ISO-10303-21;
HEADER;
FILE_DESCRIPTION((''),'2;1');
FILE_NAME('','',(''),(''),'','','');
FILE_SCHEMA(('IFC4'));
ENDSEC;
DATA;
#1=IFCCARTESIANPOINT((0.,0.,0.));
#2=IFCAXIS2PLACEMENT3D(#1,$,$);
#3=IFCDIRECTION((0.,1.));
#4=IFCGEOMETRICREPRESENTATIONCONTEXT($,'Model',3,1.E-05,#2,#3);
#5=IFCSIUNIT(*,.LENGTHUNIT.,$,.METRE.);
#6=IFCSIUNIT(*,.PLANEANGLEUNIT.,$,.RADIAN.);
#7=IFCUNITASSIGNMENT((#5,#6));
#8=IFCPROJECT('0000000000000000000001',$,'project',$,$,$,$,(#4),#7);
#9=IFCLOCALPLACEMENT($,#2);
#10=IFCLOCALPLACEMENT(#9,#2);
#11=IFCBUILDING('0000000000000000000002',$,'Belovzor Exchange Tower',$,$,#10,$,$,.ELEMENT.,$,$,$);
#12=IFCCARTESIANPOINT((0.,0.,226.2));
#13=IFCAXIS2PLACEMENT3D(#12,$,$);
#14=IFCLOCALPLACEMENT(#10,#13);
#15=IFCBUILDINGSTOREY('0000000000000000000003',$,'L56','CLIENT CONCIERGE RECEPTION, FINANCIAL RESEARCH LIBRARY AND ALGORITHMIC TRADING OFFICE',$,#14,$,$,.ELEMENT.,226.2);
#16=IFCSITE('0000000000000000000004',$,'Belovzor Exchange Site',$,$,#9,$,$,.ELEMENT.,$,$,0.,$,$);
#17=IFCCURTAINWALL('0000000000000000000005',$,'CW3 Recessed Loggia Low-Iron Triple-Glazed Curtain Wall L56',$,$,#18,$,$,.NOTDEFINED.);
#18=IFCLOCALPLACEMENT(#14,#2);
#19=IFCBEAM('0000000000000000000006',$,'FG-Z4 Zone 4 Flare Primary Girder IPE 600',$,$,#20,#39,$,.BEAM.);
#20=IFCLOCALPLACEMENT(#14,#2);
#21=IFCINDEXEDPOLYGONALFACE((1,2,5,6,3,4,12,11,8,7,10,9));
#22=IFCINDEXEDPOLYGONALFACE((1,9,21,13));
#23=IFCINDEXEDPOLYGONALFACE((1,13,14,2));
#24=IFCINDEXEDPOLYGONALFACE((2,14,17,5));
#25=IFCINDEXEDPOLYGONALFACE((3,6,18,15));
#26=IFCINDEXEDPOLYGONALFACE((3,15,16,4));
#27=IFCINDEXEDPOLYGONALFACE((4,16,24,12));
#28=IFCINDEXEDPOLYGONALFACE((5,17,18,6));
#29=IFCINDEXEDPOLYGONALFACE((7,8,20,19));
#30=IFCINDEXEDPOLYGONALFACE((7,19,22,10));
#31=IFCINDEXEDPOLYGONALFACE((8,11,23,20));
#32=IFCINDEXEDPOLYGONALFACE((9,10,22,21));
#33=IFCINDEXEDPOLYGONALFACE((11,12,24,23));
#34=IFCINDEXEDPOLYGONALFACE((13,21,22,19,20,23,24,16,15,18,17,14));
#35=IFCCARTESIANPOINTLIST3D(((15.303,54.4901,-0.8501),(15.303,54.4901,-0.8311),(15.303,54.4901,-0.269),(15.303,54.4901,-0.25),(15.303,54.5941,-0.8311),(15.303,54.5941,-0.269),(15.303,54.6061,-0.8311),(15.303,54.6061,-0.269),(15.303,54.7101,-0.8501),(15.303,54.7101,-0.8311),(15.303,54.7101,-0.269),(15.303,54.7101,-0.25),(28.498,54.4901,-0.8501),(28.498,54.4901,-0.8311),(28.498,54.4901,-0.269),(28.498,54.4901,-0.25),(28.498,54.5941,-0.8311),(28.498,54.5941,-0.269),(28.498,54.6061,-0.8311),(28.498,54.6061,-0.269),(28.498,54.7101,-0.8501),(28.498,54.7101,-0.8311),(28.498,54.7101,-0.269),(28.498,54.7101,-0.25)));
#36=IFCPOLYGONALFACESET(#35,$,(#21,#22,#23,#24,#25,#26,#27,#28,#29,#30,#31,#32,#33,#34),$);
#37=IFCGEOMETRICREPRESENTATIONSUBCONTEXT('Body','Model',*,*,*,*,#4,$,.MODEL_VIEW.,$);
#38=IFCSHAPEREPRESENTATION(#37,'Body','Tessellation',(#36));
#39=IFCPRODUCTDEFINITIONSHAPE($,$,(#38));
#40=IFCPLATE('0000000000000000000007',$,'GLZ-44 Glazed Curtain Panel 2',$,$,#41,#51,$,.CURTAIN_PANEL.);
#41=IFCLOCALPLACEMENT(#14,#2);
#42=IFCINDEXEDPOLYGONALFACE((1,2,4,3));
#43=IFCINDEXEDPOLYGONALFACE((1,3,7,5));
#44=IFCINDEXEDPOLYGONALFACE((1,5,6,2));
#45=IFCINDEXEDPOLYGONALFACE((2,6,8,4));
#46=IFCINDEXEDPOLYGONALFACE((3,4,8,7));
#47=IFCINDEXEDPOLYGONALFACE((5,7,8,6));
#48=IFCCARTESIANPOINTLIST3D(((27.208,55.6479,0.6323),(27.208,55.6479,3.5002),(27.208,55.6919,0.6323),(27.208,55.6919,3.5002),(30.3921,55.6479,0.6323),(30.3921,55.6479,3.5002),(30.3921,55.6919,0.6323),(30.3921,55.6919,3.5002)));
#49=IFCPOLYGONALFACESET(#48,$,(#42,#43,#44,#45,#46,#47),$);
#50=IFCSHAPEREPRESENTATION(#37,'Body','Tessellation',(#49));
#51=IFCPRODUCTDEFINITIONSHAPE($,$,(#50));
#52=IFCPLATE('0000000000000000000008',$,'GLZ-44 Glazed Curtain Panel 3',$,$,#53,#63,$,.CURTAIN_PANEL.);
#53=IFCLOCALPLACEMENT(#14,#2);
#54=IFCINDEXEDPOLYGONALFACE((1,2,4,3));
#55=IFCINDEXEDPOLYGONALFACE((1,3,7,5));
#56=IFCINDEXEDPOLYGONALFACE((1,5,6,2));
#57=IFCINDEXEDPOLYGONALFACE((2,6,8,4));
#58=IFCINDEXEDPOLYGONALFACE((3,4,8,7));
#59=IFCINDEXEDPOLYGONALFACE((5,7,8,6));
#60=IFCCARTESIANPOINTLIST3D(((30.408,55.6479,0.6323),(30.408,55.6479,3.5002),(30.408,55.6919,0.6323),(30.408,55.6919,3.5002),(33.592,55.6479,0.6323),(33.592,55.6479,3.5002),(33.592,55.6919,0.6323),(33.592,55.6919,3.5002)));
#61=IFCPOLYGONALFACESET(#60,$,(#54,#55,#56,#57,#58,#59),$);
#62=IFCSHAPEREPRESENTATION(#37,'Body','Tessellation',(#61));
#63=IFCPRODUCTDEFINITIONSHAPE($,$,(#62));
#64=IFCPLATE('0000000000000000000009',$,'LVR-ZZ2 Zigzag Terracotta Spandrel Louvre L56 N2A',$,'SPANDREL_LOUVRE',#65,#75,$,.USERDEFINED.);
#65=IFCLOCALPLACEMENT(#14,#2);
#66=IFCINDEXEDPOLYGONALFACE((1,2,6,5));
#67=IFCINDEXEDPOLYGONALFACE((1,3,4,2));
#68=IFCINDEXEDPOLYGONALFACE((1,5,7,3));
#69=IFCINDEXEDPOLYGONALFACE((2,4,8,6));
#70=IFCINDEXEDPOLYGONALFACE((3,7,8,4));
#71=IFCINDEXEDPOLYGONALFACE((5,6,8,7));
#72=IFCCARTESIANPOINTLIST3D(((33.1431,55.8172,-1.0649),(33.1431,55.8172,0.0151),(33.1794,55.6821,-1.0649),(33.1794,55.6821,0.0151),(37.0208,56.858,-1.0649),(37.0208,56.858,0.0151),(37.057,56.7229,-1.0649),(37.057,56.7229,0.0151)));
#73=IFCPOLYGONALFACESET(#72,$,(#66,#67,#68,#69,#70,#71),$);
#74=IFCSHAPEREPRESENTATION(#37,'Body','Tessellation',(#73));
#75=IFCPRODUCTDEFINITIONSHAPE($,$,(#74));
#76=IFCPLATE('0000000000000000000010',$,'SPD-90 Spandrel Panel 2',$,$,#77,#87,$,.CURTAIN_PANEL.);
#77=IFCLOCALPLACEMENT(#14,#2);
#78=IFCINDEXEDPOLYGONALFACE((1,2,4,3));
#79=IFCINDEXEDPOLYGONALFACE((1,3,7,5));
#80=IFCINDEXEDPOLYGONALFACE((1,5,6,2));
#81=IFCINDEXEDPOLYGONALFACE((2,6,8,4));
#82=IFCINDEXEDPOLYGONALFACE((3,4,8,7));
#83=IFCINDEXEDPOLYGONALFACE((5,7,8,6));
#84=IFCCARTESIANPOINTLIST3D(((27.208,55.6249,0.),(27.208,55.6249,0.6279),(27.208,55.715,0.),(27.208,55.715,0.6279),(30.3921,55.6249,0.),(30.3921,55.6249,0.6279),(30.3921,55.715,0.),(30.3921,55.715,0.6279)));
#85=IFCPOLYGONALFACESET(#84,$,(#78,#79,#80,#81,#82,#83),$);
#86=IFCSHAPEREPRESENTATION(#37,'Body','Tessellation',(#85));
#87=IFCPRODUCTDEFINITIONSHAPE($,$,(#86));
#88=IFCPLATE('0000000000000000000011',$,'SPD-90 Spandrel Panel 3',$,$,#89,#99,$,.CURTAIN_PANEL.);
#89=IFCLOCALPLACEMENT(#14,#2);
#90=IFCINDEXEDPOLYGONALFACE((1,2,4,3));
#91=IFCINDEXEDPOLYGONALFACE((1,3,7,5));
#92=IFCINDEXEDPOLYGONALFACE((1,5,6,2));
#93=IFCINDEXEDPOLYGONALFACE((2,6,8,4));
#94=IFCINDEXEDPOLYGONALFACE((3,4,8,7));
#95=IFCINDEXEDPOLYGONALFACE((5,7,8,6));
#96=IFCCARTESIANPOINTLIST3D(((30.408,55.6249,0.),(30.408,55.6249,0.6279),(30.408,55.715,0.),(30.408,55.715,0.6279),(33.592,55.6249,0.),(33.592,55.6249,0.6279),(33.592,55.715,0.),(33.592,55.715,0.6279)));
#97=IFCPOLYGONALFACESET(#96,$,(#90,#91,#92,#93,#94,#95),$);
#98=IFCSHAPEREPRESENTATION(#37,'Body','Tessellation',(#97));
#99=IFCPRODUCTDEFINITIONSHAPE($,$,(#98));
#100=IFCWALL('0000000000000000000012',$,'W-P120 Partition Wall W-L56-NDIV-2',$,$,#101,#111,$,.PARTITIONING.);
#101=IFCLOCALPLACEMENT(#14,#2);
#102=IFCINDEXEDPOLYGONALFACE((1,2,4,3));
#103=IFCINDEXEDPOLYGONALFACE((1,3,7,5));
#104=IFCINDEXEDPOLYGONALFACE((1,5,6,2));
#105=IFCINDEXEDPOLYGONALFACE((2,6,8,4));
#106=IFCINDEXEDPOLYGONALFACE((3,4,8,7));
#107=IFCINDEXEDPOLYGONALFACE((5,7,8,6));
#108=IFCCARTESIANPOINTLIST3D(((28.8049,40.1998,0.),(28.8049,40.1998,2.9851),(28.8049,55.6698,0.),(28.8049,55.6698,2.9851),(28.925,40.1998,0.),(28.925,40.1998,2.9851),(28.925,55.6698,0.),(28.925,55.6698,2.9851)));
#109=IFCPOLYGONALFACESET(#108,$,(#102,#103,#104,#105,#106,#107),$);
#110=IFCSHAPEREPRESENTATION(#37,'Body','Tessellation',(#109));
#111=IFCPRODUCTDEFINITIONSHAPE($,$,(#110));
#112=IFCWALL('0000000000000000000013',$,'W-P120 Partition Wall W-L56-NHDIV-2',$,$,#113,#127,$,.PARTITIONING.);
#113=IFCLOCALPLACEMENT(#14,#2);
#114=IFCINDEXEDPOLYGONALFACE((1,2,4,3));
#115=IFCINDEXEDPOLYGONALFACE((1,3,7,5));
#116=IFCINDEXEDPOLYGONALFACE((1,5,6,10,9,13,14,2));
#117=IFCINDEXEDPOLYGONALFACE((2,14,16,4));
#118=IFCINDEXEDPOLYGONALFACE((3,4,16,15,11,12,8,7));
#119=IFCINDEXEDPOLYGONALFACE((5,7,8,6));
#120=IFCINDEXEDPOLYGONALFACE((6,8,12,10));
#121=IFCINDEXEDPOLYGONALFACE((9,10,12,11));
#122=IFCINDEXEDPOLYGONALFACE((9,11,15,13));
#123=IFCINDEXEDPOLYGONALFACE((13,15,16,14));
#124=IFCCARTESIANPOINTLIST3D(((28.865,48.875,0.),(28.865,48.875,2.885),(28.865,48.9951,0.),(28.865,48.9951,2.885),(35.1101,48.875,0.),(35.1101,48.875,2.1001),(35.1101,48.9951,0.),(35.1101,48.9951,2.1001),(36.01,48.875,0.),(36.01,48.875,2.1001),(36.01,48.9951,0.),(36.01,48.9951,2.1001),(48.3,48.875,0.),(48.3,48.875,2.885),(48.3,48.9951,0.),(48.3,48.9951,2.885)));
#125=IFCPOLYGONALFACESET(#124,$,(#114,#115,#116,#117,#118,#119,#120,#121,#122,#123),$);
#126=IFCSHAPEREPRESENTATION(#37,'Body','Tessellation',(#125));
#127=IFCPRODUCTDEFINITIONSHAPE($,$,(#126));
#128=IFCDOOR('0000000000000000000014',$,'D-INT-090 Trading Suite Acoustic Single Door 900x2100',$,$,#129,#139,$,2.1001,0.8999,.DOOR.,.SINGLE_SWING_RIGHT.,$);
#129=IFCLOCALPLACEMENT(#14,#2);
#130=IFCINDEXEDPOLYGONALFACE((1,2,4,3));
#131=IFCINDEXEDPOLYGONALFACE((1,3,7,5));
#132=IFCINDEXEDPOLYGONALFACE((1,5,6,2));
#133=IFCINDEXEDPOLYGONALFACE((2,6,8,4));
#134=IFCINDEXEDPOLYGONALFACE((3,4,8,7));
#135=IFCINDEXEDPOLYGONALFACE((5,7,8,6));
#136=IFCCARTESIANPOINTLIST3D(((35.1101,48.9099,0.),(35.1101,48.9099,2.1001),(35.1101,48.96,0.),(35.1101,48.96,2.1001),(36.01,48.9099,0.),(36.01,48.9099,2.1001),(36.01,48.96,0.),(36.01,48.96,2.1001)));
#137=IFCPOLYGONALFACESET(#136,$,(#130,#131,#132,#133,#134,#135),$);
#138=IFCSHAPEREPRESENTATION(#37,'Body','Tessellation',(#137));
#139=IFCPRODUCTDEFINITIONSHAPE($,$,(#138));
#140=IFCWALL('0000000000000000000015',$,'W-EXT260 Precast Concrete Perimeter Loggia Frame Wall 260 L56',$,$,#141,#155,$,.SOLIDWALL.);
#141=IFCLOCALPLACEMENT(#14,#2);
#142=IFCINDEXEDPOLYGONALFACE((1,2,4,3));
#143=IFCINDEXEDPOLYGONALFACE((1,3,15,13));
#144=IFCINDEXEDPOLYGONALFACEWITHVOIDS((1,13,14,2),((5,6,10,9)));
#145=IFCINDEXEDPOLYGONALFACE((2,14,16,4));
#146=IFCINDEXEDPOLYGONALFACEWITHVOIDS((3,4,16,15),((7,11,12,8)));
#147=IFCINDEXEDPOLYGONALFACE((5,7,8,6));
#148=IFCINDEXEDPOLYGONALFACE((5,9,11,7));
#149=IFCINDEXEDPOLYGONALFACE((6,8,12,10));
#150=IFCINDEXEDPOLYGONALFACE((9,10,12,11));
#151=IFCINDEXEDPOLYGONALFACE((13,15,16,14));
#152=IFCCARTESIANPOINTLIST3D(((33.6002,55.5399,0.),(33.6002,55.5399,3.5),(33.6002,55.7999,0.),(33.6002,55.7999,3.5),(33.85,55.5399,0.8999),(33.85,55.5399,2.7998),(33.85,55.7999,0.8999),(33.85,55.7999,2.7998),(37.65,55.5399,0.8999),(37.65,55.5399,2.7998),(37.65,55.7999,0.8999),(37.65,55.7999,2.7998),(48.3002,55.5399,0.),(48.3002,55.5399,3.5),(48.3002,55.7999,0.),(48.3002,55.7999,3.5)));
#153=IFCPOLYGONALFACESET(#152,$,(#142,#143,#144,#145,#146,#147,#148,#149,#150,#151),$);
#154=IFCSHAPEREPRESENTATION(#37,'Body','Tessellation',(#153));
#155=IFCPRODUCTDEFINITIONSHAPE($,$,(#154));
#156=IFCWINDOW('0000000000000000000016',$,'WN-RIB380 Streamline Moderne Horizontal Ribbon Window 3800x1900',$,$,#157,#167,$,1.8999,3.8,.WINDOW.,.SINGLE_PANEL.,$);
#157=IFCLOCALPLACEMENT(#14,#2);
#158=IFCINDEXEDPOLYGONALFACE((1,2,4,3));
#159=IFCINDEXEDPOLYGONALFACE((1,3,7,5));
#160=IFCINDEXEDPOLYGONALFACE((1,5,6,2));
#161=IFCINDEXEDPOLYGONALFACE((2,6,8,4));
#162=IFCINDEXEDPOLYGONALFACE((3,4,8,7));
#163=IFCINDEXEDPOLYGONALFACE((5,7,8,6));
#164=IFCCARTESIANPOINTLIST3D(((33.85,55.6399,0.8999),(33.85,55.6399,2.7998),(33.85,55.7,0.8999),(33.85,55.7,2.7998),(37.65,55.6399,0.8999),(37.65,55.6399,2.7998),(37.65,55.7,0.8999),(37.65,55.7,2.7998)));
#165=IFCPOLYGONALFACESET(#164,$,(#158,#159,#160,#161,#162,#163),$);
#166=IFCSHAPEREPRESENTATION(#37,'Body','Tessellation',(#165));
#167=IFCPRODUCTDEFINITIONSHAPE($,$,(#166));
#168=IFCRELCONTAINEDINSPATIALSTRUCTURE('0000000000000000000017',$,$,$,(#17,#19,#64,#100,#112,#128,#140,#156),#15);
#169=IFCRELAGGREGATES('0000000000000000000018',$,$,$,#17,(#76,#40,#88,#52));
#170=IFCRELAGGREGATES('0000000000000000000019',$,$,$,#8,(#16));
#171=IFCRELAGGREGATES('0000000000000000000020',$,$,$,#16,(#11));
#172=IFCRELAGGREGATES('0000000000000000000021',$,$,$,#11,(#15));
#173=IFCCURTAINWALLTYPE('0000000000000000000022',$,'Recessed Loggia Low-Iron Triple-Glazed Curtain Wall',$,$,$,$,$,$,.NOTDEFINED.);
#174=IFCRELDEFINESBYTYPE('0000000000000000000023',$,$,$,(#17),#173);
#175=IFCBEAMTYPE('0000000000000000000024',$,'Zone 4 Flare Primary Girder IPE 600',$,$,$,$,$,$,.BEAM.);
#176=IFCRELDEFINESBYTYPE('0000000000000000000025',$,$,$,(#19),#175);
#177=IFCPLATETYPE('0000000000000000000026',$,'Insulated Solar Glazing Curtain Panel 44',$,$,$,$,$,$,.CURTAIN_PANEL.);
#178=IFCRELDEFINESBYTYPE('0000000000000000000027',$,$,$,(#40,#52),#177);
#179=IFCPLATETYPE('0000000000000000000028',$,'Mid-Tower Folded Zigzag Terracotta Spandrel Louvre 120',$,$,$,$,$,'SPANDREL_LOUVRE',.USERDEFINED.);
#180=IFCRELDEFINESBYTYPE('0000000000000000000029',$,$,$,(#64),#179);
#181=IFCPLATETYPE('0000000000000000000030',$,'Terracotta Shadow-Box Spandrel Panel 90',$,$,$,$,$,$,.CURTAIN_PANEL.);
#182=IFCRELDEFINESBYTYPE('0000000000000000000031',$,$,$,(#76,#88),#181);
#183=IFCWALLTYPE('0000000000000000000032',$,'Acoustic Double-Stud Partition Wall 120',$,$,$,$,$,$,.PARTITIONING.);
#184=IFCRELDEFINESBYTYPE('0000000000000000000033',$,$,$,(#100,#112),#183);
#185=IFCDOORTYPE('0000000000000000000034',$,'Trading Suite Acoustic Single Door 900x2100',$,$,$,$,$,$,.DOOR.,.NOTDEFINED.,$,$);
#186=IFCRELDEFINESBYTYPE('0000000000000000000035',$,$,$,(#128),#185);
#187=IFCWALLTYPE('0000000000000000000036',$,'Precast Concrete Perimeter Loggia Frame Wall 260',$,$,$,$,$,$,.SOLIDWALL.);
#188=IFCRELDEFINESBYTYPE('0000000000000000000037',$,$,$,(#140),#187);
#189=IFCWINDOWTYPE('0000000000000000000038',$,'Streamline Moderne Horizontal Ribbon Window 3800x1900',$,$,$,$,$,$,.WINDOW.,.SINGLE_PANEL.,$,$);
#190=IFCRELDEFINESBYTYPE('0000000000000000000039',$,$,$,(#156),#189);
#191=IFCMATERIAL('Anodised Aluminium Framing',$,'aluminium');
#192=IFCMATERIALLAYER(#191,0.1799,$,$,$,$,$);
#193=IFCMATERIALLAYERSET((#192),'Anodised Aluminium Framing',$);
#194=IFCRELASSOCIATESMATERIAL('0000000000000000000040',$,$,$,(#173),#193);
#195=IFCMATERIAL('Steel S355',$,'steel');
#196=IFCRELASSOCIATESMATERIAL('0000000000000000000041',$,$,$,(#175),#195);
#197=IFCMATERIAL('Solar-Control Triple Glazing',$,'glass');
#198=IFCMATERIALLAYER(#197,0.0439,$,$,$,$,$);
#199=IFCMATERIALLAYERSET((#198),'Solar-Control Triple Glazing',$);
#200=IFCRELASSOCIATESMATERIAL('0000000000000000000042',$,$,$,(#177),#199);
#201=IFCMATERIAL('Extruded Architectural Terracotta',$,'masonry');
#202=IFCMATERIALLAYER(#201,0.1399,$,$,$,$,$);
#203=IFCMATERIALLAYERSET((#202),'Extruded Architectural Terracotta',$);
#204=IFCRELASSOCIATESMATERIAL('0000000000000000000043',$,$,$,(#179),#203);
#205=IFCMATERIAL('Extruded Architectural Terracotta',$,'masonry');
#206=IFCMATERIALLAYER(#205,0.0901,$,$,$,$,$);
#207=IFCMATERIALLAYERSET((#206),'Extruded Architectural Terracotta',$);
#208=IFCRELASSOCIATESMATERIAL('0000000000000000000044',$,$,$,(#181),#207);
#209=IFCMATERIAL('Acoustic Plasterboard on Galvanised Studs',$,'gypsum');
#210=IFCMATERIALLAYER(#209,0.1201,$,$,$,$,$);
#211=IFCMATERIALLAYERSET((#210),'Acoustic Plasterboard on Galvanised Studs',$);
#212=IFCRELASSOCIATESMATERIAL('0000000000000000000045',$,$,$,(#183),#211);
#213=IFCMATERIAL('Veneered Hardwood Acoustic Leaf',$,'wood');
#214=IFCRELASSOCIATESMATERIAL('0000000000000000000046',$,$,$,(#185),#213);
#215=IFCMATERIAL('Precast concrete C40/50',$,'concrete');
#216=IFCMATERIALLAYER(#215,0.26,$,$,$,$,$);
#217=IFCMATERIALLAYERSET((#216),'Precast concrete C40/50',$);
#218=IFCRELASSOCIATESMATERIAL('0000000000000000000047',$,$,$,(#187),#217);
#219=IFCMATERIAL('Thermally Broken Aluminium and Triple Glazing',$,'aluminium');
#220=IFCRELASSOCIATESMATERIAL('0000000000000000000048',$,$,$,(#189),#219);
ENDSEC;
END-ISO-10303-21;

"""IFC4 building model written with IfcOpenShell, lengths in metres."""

from ifc_helpers import new_model, si_unit, direction, frame, frame_2d, origin, origin_2d, place, context, subcontext, project, spatial, rectangle, i_section, extrude, material, layer, layer_set, material_profile, profile_set, type_object, element, fill, aggregate, save


model = new_model("IFC4")

# Units and contexts
model_context = context("Model", 3, precision=1e-05, world=origin(), true_north=direction((0.0, 1.0)))
body_context = subcontext(model_context, "Body", "Model", "MODEL_VIEW")
ifc_project = project(units=[si_unit("LENGTHUNIT", "METRE"), si_unit("PLANEANGLEUNIT", "RADIAN")], contexts=[model_context])

# Site, building, storey
site_placement = place(None, origin())
site = spatial("IfcSite", under=ifc_project, at=site_placement, Name="Belovzor Exchange Site", CompositionType="ELEMENT", RefElevation=0.0)
building_placement = place(site_placement, origin())
building = spatial("IfcBuilding", under=site, at=building_placement, Name="Belovzor Exchange Tower", CompositionType="ELEMENT")
storey_placement = place(building_placement, frame((0.0, 0.0, 226.2)))
storey = spatial("IfcBuildingStorey", under=building, at=storey_placement, Name="L56", Description="CLIENT CONCIERGE RECEPTION, FINANCIAL RESEARCH LIBRARY AND ALGORITHMIC TRADING OFFICE", CompositionType="ELEMENT", Elevation=226.2)

# Curtain wall
ifc_material_1 = material(Name="Anodised Aluminium Framing", Category="aluminium")
ifc_layer_1 = layer(ifc_material_1, 0.1799)
ifc_layer_set_1 = layer_set([ifc_layer_1], Name="Anodised Aluminium Framing")
curtain_wall_type = type_object("IfcCurtainWallType", Name="Recessed Loggia Low-Iron Triple-Glazed Curtain Wall", PredefinedType="NOTDEFINED", material=ifc_layer_set_1)
curtain_wall_placement = place(storey_placement, origin())
curtain_wall = element("IfcCurtainWall", 1, at=curtain_wall_placement, inside=storey, type_object=curtain_wall_type, Name="CW3 Recessed Loggia Low-Iron Triple-Glazed Curtain Wall L56", PredefinedType="NOTDEFINED")

# Beam
ifc_material_2 = material(Name="Steel S355", Category="steel")
ifc_material_profile_1 = material_profile(ifc_material_2, i_section(OverallWidth=0.22, OverallDepth=0.6001, WebThickness=0.012, FlangeThickness=0.019, at=origin_2d()))
ifc_profile_set_1 = profile_set([ifc_material_profile_1], Name="Steel S355")
beam_type_1 = type_object("IfcBeamType", Name="Zone 4 Flare Primary Girder IPE 600", PredefinedType="BEAM", material=ifc_profile_set_1)
beam_1_placement = place(storey_placement, frame((28.498, 54.6001, -0.55), z_axis=(-1.0, 0.0, 0.0), x_axis=(0.0, -1.0, 0.0)))
element("IfcBeam", 2, at=beam_1_placement, inside=storey, type_object=beam_type_1, Name="FG-Z4 Zone 4 Flare Primary Girder IPE 600", PredefinedType="BEAM", context=body_context, shape_type="SweptSolid", body=[
    extrude(i_section(OverallWidth=0.22, OverallDepth=0.6001, WebThickness=0.012, FlangeThickness=0.019, at=origin_2d()), origin(), (0.0, 0.0, 1.0), 13.1951),
])

# Plates
ifc_material_3 = material(Name="Solar-Control Triple Glazing", Category="glass")
ifc_layer_2 = layer(ifc_material_3, 0.0439)
ifc_layer_set_2 = layer_set([ifc_layer_2], Name="Solar-Control Triple Glazing")
plate_type_1 = type_object("IfcPlateType", Name="Insulated Solar Glazing Curtain Panel 44", PredefinedType="CURTAIN_PANEL", material=ifc_layer_set_2)
plate_1_placement = place(storey_placement, frame((28.8, 55.6699, 0.6323), z_axis=(0.0, 0.0, 1.0), x_axis=(1.0, 0.0, 0.0)))
plate_1 = element("IfcPlate", 3, at=plate_1_placement, type_object=plate_type_1, Name="GLZ-44 Glazed Curtain Panel 2", PredefinedType="CURTAIN_PANEL", context=body_context, shape_type="SweptSolid", body=[
    extrude(rectangle(XDim=3.1841, YDim=0.0439, at=origin_2d()), origin(), (0.0, 0.0, 1.0), 2.8679),
])
plate_2_placement = place(storey_placement, frame((32.0, 55.6699, 0.6323), z_axis=(0.0, 0.0, 1.0), x_axis=(1.0, 0.0, 0.0)))
plate_2 = element("IfcPlate", 4, at=plate_2_placement, type_object=plate_type_1, Name="GLZ-44 Glazed Curtain Panel 3", PredefinedType="CURTAIN_PANEL", context=body_context, shape_type="SweptSolid", body=[
    extrude(rectangle(XDim=3.1841, YDim=0.0439, at=origin_2d()), origin(), (0.0, 0.0, 1.0), 2.8679),
])
ifc_material_4 = material(Name="Extruded Architectural Terracotta", Category="masonry")
ifc_layer_3 = layer(ifc_material_4, 0.1399)
ifc_layer_set_3 = layer_set([ifc_layer_3], Name="Extruded Architectural Terracotta")
plate_type_2 = type_object("IfcPlateType", Name="Mid-Tower Folded Zigzag Terracotta Spandrel Louvre 120", ElementType="SPANDREL_LOUVRE", PredefinedType="USERDEFINED", material=ifc_layer_set_3)
plate_3_placement = place(storey_placement, frame((35.1001, 56.27, -1.0649), z_axis=(0.0, 0.0, 1.0), x_axis=(0.965813, 0.25924, 0.0)))
element("IfcPlate", 5, at=plate_3_placement, inside=storey, type_object=plate_type_2, Name="LVR-ZZ2 Zigzag Terracotta Spandrel Louvre L56 N2A", ObjectType="SPANDREL_LOUVRE", PredefinedType="USERDEFINED", context=body_context, shape_type="SweptSolid", body=[
    extrude(rectangle(XDim=4.0149, YDim=0.1399, at=origin_2d()), origin(), (0.0, 0.0, 1.0), 1.0801),
])
ifc_material_5 = material(Name="Extruded Architectural Terracotta", Category="masonry")
ifc_layer_4 = layer(ifc_material_5, 0.0901)
ifc_layer_set_4 = layer_set([ifc_layer_4], Name="Extruded Architectural Terracotta")
plate_type_3 = type_object("IfcPlateType", Name="Terracotta Shadow-Box Spandrel Panel 90", PredefinedType="CURTAIN_PANEL", material=ifc_layer_set_4)
plate_4_placement = place(storey_placement, frame((28.8, 55.6699, 0.0), z_axis=(0.0, 0.0, 1.0), x_axis=(1.0, 0.0, 0.0)))
plate_4 = element("IfcPlate", 6, at=plate_4_placement, type_object=plate_type_3, Name="SPD-90 Spandrel Panel 2", PredefinedType="CURTAIN_PANEL", context=body_context, shape_type="SweptSolid", body=[
    extrude(rectangle(XDim=3.1841, YDim=0.0901, at=origin_2d()), origin(), (0.0, 0.0, 1.0), 0.6279),
])
plate_5_placement = place(storey_placement, frame((32.0, 55.6699, 0.0), z_axis=(0.0, 0.0, 1.0), x_axis=(1.0, 0.0, 0.0)))
plate_5 = element("IfcPlate", 7, at=plate_5_placement, type_object=plate_type_3, Name="SPD-90 Spandrel Panel 3", PredefinedType="CURTAIN_PANEL", context=body_context, shape_type="SweptSolid", body=[
    extrude(rectangle(XDim=3.1841, YDim=0.0901, at=origin_2d()), origin(), (0.0, 0.0, 1.0), 0.6279),
])
aggregate(curtain_wall, [plate_4, plate_1, plate_5, plate_2])

# Wall
ifc_material_6 = material(Name="Acoustic Plasterboard on Galvanised Studs", Category="gypsum")
ifc_layer_5 = layer(ifc_material_6, 0.1201)
ifc_layer_set_5 = layer_set([ifc_layer_5], Name="Acoustic Plasterboard on Galvanised Studs")
wall_type_1 = type_object("IfcWallType", Name="Acoustic Double-Stud Partition Wall 120", PredefinedType="PARTITIONING", material=ifc_layer_set_5)
wall_1_placement = place(storey_placement, frame((28.865, 40.2, 0.0), z_axis=(0.0, 0.0, 1.0), x_axis=(0.0, 1.0, 0.0)))
element("IfcWall", 8, at=wall_1_placement, inside=storey, type_object=wall_type_1, Name="W-P120 Partition Wall W-L56-NDIV-2", PredefinedType="PARTITIONING", context=body_context, shape_type="SweptSolid", body=[
    extrude(rectangle(XDim=15.47, YDim=0.1201, at=frame_2d((7.7349, 0.0))), origin(), (0.0, 0.0, 1.0), 2.9851),
])

# Wall, opening, door
wall_2_placement = place(storey_placement, frame((28.865, 48.9351, 0.0), z_axis=(0.0, 0.0, 1.0), x_axis=(1.0, 0.0, 0.0)))
wall_2 = element("IfcWall", 9, at=wall_2_placement, inside=storey, type_object=wall_type_1, Name="W-P120 Partition Wall W-L56-NHDIV-2", PredefinedType="PARTITIONING", context=body_context, shape_type="SweptSolid", body=[
    extrude(rectangle(XDim=19.4351, YDim=0.1201, at=frame_2d((9.7175, 0.0))), origin(), (0.0, 0.0, 1.0), 2.885),
])
opening_1_placement = place(wall_2_placement, frame((6.2451, 0.0, 0.0)))
opening_1 = element("IfcOpeningElement", 10, at=opening_1_placement, cuts=wall_2, PredefinedType="OPENING", context=body_context, shape_type="SweptSolid", body=[
    extrude(rectangle(XDim=0.8999, YDim=2.1001, at=frame_2d((0.45, 1.05))), frame((0.0, 0.0701, 0.0), z_axis=(0.0, -1.0, 0.0), x_axis=(1.0, 0.0, 0.0)), (0.0, 0.0, 1.0), 0.1401),
])
ifc_material_7 = material(Name="Veneered Hardwood Acoustic Leaf", Category="wood")
door_type = type_object("IfcDoorType", Name="Trading Suite Acoustic Single Door 900x2100", OperationType="NOTDEFINED", PredefinedType="DOOR", material=ifc_material_7)
door_placement = place(opening_1_placement, origin())
door = element("IfcDoor", 11, at=door_placement, inside=storey, type_object=door_type, Name="D-INT-090 Trading Suite Acoustic Single Door 900x2100", OperationType="SINGLE_SWING_RIGHT", OverallHeight=2.1001, OverallWidth=0.8999, PredefinedType="DOOR", context=body_context, shape_type="SweptSolid", body=[
    extrude(rectangle(XDim=0.8999, YDim=2.1001, at=frame_2d((0.45, 1.05))), frame((0.0, 0.0249, 0.0), z_axis=(0.0, -1.0, 0.0), x_axis=(1.0, 0.0, 0.0)), (0.0, 0.0, 1.0), 0.05),
])
fill(opening_1, door)

# Wall, opening, window
ifc_material_8 = material(Name="Precast concrete C40/50", Category="concrete")
ifc_layer_6 = layer(ifc_material_8, 0.26)
ifc_layer_set_6 = layer_set([ifc_layer_6], Name="Precast concrete C40/50")
wall_type_2 = type_object("IfcWallType", Name="Precast Concrete Perimeter Loggia Frame Wall 260", PredefinedType="SOLIDWALL", material=ifc_layer_set_6)
wall_3_placement = place(storey_placement, frame((33.6001, 55.6699, 0.0), z_axis=(0.0, 0.0, 1.0), x_axis=(1.0, 0.0, 0.0)))
wall_3 = element("IfcWall", 12, at=wall_3_placement, inside=storey, type_object=wall_type_2, Name="W-EXT260 Precast Concrete Perimeter Loggia Frame Wall 260 L56", PredefinedType="SOLIDWALL", context=body_context, shape_type="SweptSolid", body=[
    extrude(rectangle(XDim=14.7, YDim=0.26, at=frame_2d((7.3501, 0.0))), origin(), (0.0, 0.0, 1.0), 3.5),
])
opening_2_placement = place(wall_3_placement, frame((0.25, 0.0, 0.8999)))
opening_2 = element("IfcOpeningElement", 13, at=opening_2_placement, cuts=wall_3, PredefinedType="OPENING", context=body_context, shape_type="SweptSolid", body=[
    extrude(rectangle(XDim=3.8, YDim=1.8999, at=frame_2d((1.8999, 0.95))), frame((0.0, 0.1399, 0.0), z_axis=(0.0, -1.0, 0.0), x_axis=(1.0, 0.0, 0.0)), (0.0, 0.0, 1.0), 0.28),
])
ifc_material_9 = material(Name="Thermally Broken Aluminium and Triple Glazing", Category="aluminium")
window_type = type_object("IfcWindowType", Name="Streamline Moderne Horizontal Ribbon Window 3800x1900", PartitioningType="SINGLE_PANEL", PredefinedType="WINDOW", material=ifc_material_9)
window_placement = place(opening_2_placement, origin())
window = element("IfcWindow", 14, at=window_placement, inside=storey, type_object=window_type, Name="WN-RIB380 Streamline Moderne Horizontal Ribbon Window 3800x1900", OverallHeight=1.8999, OverallWidth=3.8, PartitioningType="SINGLE_PANEL", PredefinedType="WINDOW", context=body_context, shape_type="SweptSolid", body=[
    extrude(rectangle(XDim=3.8, YDim=1.8999, at=frame_2d((1.8999, 0.95))), frame((0.0, 0.03, 0.0), z_axis=(0.0, -1.0, 0.0), x_axis=(1.0, 0.0, 0.0)), (0.0, 0.0, 1.0), 0.0601),
])
fill(opening_2, window)

save(model, "model.ifc")
